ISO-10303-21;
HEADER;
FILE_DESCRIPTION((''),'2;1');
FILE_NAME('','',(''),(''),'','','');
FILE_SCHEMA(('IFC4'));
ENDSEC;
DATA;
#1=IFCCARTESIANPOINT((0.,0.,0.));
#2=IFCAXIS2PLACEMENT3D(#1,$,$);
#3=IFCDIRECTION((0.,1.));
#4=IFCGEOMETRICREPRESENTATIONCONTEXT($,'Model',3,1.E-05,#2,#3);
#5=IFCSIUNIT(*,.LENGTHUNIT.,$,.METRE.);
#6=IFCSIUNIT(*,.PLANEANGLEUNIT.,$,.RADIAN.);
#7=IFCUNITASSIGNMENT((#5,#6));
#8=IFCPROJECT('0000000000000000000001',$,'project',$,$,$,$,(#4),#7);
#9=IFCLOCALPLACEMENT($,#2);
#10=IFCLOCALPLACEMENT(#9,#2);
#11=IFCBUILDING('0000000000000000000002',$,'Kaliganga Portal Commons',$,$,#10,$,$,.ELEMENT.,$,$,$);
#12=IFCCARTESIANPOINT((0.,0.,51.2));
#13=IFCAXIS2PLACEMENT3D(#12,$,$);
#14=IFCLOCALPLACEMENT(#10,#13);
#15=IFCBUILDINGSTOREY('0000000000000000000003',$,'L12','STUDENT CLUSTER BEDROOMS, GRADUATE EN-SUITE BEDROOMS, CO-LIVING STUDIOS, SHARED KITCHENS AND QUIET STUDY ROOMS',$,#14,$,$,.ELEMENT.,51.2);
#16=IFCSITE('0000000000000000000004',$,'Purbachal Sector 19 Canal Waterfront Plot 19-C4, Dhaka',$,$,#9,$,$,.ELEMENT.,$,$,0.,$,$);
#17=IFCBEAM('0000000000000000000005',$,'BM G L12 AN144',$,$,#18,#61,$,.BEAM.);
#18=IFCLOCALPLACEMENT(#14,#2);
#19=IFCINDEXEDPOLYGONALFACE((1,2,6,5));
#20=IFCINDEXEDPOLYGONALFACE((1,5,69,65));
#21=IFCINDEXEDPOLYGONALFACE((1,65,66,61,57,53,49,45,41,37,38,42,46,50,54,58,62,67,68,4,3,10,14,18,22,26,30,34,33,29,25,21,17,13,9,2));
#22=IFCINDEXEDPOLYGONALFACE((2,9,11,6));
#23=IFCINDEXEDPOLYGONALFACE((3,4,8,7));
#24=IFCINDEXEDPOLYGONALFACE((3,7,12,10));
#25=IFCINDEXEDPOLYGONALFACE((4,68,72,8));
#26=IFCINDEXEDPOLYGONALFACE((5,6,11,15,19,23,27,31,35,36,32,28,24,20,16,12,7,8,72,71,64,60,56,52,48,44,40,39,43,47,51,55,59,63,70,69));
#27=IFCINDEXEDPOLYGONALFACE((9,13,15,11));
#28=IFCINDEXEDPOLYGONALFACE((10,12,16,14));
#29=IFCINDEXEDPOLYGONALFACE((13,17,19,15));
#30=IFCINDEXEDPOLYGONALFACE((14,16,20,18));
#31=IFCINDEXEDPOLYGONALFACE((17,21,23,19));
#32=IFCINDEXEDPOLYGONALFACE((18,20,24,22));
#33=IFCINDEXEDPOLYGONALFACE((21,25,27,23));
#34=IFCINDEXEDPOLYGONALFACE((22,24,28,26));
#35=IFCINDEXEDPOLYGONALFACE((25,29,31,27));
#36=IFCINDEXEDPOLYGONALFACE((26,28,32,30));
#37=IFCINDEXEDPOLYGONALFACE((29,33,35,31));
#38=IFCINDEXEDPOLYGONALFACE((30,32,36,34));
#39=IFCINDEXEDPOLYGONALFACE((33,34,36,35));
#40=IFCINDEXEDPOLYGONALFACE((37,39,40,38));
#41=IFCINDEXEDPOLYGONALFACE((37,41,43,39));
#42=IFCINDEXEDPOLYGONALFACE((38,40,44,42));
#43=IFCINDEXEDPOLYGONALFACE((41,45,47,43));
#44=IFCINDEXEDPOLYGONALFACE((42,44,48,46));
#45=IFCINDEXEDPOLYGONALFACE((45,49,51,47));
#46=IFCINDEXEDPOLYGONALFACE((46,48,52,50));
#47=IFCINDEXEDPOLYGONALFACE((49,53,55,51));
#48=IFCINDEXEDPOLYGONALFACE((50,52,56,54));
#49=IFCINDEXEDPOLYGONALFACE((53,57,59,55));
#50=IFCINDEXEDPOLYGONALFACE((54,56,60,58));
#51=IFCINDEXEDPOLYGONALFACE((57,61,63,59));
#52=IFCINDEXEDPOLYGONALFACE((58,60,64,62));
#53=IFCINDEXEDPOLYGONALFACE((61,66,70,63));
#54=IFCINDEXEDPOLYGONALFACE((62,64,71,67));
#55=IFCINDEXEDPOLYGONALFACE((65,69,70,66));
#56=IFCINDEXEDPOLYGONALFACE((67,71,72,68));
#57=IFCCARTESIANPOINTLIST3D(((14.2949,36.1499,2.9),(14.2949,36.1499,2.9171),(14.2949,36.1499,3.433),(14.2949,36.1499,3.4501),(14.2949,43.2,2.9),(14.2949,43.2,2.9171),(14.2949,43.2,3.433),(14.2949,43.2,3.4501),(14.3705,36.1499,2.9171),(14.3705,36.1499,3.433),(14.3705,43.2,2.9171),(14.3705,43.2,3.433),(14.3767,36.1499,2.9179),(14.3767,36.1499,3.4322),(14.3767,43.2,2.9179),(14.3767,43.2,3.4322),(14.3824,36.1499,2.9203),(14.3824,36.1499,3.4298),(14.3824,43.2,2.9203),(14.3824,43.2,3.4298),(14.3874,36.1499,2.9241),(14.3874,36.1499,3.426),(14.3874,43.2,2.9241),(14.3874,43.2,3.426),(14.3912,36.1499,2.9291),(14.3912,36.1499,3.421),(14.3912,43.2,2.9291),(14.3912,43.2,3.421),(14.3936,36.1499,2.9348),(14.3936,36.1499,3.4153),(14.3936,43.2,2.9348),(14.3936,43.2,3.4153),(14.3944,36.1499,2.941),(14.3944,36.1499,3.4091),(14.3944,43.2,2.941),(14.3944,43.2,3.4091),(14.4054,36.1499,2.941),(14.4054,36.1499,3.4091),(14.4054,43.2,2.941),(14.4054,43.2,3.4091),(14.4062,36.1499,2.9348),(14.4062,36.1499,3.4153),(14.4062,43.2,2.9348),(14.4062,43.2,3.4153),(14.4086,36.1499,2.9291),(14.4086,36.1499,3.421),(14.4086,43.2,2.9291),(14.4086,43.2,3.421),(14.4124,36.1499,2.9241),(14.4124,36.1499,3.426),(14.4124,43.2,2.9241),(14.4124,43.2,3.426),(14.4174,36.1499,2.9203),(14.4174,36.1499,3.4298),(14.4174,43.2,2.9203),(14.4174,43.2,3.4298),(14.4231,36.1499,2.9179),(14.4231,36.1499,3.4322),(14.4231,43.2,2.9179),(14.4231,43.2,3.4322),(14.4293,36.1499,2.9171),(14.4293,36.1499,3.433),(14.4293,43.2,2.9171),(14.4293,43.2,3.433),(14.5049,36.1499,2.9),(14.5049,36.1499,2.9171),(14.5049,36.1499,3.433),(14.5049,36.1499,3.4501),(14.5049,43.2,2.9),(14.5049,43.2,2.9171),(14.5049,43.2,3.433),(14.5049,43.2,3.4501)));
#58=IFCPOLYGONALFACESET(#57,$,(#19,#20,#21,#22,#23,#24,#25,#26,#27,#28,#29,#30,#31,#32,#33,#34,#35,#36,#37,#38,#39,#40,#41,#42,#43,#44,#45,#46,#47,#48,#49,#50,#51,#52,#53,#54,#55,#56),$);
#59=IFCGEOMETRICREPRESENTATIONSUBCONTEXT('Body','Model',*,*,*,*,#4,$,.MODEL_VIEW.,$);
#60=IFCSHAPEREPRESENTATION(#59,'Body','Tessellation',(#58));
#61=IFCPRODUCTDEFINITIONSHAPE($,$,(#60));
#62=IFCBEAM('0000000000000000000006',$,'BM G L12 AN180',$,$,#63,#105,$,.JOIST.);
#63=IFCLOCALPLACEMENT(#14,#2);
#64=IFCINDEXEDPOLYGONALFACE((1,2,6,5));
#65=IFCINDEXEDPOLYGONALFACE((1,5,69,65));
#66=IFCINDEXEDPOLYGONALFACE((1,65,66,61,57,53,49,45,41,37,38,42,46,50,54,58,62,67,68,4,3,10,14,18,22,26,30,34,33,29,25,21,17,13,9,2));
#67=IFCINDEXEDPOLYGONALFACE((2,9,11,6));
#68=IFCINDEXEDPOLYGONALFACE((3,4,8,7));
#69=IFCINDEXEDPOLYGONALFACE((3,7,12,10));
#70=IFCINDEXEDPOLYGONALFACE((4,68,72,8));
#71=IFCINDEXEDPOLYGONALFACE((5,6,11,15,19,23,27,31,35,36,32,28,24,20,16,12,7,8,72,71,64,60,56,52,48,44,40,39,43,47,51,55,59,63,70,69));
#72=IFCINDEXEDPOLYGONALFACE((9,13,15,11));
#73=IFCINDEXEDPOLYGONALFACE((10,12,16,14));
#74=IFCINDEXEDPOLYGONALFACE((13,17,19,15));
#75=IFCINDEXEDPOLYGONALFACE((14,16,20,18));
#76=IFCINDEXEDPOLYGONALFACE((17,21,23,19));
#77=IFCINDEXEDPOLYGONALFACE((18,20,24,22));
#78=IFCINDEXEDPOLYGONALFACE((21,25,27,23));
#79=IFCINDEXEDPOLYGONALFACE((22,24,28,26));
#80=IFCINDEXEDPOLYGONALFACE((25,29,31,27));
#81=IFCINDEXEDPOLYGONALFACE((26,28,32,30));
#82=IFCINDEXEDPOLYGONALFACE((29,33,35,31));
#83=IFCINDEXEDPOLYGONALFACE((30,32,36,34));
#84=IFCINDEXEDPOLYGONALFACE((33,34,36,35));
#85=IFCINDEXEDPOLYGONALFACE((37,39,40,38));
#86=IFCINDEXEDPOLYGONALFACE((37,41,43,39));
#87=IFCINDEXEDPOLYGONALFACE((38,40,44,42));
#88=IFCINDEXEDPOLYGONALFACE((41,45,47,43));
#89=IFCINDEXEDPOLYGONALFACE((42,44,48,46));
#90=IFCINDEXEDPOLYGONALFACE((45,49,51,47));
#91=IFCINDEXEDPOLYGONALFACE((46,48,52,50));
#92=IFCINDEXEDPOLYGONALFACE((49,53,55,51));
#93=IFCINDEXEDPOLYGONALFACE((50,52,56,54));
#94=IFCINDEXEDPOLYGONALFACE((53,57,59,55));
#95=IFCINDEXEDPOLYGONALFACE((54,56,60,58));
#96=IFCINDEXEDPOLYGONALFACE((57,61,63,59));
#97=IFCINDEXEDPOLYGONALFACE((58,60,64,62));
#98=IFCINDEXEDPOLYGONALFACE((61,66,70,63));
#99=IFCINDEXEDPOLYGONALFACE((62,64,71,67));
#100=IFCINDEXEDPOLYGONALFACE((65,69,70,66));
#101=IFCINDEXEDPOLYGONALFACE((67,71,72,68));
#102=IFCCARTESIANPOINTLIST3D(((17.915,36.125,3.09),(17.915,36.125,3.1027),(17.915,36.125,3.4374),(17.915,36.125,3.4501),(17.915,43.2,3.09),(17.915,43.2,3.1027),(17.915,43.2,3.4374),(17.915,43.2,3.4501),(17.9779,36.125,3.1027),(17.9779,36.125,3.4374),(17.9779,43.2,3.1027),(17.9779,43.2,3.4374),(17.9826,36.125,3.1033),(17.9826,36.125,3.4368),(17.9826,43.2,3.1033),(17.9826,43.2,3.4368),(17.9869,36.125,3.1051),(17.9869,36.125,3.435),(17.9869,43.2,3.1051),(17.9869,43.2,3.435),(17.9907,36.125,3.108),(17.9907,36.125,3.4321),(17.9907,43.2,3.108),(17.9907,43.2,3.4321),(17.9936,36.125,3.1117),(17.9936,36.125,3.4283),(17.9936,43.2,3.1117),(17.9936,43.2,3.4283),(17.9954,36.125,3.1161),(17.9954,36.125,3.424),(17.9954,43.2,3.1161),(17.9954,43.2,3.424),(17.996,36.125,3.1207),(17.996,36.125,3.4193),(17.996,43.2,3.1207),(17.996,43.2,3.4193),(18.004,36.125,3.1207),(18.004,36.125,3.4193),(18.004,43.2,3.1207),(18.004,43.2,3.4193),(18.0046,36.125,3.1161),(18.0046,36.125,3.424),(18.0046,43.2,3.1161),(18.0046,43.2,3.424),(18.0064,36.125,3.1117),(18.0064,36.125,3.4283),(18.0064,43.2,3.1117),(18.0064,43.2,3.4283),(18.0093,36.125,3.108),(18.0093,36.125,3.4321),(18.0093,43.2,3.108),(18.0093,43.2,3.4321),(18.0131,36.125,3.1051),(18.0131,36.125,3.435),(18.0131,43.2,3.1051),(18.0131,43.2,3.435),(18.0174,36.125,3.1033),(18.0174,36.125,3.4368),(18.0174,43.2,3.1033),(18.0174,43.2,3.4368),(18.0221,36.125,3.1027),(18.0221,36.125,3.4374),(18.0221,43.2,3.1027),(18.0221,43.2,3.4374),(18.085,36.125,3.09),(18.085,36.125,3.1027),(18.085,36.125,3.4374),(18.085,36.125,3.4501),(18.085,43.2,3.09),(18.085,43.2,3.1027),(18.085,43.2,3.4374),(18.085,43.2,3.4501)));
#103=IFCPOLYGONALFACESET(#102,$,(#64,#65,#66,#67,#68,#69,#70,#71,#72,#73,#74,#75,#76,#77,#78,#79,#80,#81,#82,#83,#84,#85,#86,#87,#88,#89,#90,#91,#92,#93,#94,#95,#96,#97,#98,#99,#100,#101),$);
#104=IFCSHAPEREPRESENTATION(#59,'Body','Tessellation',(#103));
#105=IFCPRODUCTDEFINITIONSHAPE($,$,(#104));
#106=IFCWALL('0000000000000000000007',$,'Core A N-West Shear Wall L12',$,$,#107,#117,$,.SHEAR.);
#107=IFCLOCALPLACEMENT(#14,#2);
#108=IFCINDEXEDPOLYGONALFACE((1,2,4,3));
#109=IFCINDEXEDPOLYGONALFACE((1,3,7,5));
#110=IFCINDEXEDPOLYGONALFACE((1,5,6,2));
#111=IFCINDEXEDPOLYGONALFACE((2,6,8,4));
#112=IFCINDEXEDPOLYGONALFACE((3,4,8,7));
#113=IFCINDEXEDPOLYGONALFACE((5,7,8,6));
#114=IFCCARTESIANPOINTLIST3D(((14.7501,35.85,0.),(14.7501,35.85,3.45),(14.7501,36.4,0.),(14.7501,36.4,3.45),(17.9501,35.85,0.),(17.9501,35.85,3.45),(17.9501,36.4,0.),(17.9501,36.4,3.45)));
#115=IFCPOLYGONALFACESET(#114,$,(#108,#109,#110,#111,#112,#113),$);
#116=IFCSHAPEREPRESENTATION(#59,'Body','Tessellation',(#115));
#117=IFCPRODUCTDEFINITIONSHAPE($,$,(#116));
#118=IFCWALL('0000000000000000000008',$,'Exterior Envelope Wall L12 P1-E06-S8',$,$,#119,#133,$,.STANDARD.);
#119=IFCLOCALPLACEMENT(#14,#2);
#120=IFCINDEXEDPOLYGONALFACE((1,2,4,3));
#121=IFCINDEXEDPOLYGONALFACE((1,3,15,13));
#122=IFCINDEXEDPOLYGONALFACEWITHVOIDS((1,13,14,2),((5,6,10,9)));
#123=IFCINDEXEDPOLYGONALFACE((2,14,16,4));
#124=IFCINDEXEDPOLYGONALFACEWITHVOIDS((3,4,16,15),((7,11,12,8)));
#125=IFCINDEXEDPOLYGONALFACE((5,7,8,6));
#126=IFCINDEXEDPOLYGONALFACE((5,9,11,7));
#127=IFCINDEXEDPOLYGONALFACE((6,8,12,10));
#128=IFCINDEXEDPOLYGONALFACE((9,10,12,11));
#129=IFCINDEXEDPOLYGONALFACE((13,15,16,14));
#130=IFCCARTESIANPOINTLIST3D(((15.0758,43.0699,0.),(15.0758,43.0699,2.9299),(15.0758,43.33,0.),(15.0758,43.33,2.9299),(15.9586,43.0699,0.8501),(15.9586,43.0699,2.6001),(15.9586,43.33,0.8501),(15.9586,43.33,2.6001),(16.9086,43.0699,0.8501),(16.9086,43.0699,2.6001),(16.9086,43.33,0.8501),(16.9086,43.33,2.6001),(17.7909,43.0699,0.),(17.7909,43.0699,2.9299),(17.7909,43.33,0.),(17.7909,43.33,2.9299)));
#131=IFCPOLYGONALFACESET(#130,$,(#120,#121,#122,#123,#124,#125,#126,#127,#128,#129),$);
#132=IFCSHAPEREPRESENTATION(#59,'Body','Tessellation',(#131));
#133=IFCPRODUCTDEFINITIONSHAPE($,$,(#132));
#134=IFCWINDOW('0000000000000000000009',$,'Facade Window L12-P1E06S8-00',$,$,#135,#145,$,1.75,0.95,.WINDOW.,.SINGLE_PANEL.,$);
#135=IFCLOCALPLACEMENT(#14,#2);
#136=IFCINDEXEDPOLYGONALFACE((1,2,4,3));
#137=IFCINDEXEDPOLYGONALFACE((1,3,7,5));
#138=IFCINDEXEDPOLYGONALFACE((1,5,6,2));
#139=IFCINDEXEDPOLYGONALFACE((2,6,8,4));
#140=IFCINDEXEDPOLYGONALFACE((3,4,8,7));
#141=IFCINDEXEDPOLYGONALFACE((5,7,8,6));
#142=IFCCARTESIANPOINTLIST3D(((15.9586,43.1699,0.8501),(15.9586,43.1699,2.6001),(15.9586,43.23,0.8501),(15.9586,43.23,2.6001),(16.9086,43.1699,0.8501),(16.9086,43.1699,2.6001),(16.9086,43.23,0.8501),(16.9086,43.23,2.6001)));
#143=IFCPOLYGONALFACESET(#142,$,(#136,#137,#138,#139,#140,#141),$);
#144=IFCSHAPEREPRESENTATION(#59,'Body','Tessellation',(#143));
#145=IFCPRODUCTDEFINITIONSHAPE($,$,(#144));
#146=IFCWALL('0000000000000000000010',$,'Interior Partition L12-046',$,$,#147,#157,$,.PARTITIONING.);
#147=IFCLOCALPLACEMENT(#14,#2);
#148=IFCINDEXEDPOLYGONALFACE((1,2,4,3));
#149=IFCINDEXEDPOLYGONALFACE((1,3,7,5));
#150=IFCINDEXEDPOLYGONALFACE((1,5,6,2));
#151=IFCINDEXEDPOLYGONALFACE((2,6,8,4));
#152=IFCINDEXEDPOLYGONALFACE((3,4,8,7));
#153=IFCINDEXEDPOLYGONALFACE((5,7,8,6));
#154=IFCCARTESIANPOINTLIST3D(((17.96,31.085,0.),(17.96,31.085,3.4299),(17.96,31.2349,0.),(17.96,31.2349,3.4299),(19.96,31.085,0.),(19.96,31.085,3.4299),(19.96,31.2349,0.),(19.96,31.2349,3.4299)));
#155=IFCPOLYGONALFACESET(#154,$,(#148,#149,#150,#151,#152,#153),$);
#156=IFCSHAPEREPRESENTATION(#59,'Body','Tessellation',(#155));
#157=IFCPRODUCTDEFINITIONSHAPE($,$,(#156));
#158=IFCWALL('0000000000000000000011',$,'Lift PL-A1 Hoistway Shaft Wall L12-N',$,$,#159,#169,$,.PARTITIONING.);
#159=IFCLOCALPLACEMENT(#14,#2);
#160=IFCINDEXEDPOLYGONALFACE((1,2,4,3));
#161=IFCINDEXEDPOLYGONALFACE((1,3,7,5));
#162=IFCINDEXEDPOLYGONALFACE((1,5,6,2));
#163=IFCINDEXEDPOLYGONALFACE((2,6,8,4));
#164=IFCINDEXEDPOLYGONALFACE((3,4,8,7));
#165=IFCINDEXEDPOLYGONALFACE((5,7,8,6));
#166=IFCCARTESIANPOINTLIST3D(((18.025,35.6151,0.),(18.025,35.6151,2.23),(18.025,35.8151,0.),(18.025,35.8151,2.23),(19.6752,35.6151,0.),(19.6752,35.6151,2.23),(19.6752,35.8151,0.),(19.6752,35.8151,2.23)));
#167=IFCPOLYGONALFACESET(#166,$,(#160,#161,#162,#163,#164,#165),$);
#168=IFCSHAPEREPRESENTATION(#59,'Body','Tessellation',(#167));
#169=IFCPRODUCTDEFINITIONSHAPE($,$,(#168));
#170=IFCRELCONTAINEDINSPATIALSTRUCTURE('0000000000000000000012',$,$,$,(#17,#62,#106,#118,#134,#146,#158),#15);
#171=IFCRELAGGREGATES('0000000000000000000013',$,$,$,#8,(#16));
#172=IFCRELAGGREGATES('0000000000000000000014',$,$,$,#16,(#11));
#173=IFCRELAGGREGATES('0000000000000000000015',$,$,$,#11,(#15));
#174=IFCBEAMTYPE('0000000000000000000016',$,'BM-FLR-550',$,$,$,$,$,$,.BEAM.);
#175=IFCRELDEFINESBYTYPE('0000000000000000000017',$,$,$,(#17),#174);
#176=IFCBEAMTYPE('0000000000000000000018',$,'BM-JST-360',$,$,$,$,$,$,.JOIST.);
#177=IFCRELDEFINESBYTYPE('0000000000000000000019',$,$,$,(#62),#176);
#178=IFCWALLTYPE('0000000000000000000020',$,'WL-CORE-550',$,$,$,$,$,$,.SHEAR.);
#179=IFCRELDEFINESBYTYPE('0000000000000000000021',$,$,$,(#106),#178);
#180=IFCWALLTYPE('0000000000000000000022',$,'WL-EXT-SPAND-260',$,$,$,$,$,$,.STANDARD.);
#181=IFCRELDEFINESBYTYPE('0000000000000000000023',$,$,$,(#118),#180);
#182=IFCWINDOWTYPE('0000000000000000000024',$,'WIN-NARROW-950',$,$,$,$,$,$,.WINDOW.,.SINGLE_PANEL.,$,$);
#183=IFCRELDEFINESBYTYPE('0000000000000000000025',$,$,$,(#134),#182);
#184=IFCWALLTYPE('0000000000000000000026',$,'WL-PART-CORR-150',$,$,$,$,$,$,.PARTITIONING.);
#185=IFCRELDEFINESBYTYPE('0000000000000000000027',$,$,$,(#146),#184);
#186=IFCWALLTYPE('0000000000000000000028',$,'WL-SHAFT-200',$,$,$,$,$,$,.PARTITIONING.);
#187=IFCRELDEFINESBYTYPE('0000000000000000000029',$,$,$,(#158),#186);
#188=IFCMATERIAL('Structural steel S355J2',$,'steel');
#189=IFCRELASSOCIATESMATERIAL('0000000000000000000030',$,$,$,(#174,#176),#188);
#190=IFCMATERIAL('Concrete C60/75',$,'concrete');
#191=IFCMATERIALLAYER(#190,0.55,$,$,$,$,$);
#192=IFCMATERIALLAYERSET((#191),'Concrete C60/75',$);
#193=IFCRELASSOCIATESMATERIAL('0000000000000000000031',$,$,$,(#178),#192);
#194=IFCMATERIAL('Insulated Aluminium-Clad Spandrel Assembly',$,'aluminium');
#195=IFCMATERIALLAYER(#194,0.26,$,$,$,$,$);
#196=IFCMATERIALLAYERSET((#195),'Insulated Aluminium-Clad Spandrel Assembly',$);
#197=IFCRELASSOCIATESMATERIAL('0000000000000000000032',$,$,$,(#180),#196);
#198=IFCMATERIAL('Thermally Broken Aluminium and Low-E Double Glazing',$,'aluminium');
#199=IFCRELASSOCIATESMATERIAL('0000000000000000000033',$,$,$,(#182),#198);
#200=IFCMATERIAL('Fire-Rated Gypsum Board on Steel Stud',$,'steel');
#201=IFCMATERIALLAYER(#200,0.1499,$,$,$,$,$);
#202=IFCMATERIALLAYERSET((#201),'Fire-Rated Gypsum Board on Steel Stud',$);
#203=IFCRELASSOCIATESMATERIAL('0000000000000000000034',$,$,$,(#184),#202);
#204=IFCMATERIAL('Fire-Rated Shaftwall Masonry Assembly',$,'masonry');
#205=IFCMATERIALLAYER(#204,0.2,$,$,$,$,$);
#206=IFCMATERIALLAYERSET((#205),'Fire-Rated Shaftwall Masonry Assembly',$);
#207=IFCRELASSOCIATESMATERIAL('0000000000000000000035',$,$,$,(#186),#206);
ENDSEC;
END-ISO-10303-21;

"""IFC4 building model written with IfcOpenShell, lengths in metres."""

from ifc_helpers import new_model, si_unit, direction, frame, frame_2d, origin, origin_2d, place, context, subcontext, project, spatial, rectangle, i_section, extrude, source, transform, mapped, material, layer, layer_set, material_profile, profile_set, type_object, element, fill, save


model = new_model("IFC4")

# Units and contexts
model_context = context("Model", 3, precision=1e-05, world=origin(), true_north=direction((0.0, 1.0)))
body_context = subcontext(model_context, "Body", "Model", "MODEL_VIEW")
ifc_project = project(units=[si_unit("LENGTHUNIT", "METRE"), si_unit("PLANEANGLEUNIT", "RADIAN")], contexts=[model_context])

# Site, building, storey
site_placement = place(None, origin())
site = spatial("IfcSite", under=ifc_project, at=site_placement, Name="Purbachal Sector 19 Canal Waterfront Plot 19-C4, Dhaka", CompositionType="ELEMENT", RefElevation=0.0)
building_placement = place(site_placement, origin())
building = spatial("IfcBuilding", under=site, at=building_placement, Name="Kaliganga Portal Commons", CompositionType="ELEMENT")
storey_placement = place(building_placement, frame((0.0, 0.0, 51.2)))
storey = spatial("IfcBuildingStorey", under=building, at=storey_placement, Name="L12", Description="STUDENT CLUSTER BEDROOMS, GRADUATE EN-SUITE BEDROOMS, CO-LIVING STUDIOS, SHARED KITCHENS AND QUIET STUDY ROOMS", CompositionType="ELEMENT", Elevation=51.2)

# Beams
ifc_material_1 = material(Name="Concrete C60/75", Category="concrete")
ifc_material_2 = material(Name="Structural steel S355J2", Category="steel")
ifc_material_profile_1 = material_profile(ifc_material_2, i_section(OverallWidth=0.21, OverallDepth=0.55, WebThickness=0.011, FlangeThickness=0.0171, FilletRadius=0.0239, at=origin_2d()), Name="IPE 550")
ifc_profile_set_1 = profile_set([ifc_material_profile_1], Name="Structural steel S355J2 wide-flange")
beam_type_1 = type_object("IfcBeamType", Name="BM-FLR-550", PredefinedType="BEAM", material=ifc_profile_set_1)
shared_shape_1 = source(origin(), body_context, "Body", "SweptSolid", [
    extrude(i_section(OverallWidth=0.21, OverallDepth=0.55, WebThickness=0.011, FlangeThickness=0.0171, FilletRadius=0.0239, at=origin_2d()), origin(), (0.0, 0.0, 1.0), 7.05),
])
beam_1_placement = place(storey_placement, frame((14.3999, 36.1499, 3.175), z_axis=(0.0, 1.0, 0.0), x_axis=(-1.0, 0.0, 0.0)))
element("IfcBeam", 1, at=beam_1_placement, inside=storey, type_object=beam_type_1, Name="BM G L12 AN144", PredefinedType="BEAM", context=body_context, shape_type="MappedRepresentation", body=[
    mapped(shared_shape_1, transform((0.0, 0.0, 0.0), x_axis=(1.0, 0.0, 0.0), y_axis=(0.0, 1.0, 0.0), z_axis=(0.0, 0.0, 1.0), scale=1.0)),
])
ifc_material_profile_2 = material_profile(ifc_material_2, i_section(OverallWidth=0.1699, OverallDepth=0.3601, WebThickness=0.0081, FlangeThickness=0.0127, FilletRadius=0.0181, at=origin_2d()), Name="IPE 360")
ifc_profile_set_2 = profile_set([ifc_material_profile_2], Name="Structural steel S355J2 wide-flange")
beam_type_2 = type_object("IfcBeamType", Name="BM-JST-360", PredefinedType="JOIST", material=ifc_profile_set_2)
shared_shape_2 = source(origin(), body_context, "Body", "SweptSolid", [
    extrude(i_section(OverallWidth=0.1699, OverallDepth=0.3601, WebThickness=0.0081, FlangeThickness=0.0127, FilletRadius=0.0181, at=origin_2d()), origin(), (0.0, 0.0, 1.0), 7.075),
])
beam_2_placement = place(storey_placement, frame((18.0, 36.125, 3.27), z_axis=(0.0, 1.0, 0.0), x_axis=(-1.0, 0.0, 0.0)))
element("IfcBeam", 2, at=beam_2_placement, inside=storey, type_object=beam_type_2, Name="BM G L12 AN180", PredefinedType="JOIST", context=body_context, shape_type="MappedRepresentation", body=[
    mapped(shared_shape_2, transform((0.0, 0.0, 0.0), x_axis=(1.0, 0.0, 0.0), y_axis=(0.0, 1.0, 0.0), z_axis=(0.0, 0.0, 1.0), scale=1.0)),
])

# Wall
ifc_layer_1 = layer(ifc_material_1, 0.55)
ifc_layer_set_1 = layer_set([ifc_layer_1], Name="Concrete C60/75")
wall_type_1 = type_object("IfcWallType", Name="WL-CORE-550", PredefinedType="SHEAR", material=ifc_layer_set_1)
wall_1_placement = place(storey_placement, frame((14.75, 36.125, 0.0), z_axis=(0.0, 0.0, 1.0), x_axis=(1.0, 0.0, 0.0)))
element("IfcWall", 3, at=wall_1_placement, inside=storey, type_object=wall_type_1, Name="Core A N-West Shear Wall L12", PredefinedType="SHEAR", context=body_context, shape_type="SweptSolid", body=[
    extrude(rectangle(XDim=3.2, YDim=0.55, at=frame_2d((1.6001, 0.0))), origin(), (0.0, 0.0, 1.0), 3.45),
])

# Wall, opening, window
ifc_material_3 = material(Name="Insulated Aluminium-Clad Spandrel Assembly", Category="aluminium")
ifc_layer_2 = layer(ifc_material_3, 0.26)
ifc_layer_set_2 = layer_set([ifc_layer_2], Name="Insulated Aluminium-Clad Spandrel Assembly")
wall_type_2 = type_object("IfcWallType", Name="WL-EXT-SPAND-260", PredefinedType="STANDARD", material=ifc_layer_set_2)
wall_2_placement = place(storey_placement, frame((15.0759, 43.2, 0.0), z_axis=(0.0, 0.0, 1.0), x_axis=(1.0, 0.0, 0.0)))
wall_2 = element("IfcWall", 4, at=wall_2_placement, inside=storey, type_object=wall_type_2, Name="Exterior Envelope Wall L12 P1-E06-S8", PredefinedType="STANDARD", context=body_context, shape_type="SweptSolid", body=[
    extrude(rectangle(XDim=2.7151, YDim=0.26, at=frame_2d((1.3574, 0.0))), origin(), (0.0, 0.0, 1.0), 2.9299),
])
opening_1_placement = place(wall_2_placement, frame((0.8826, 0.0, 0.8501)))
opening_1 = element("IfcOpeningElement", 5, at=opening_1_placement, cuts=wall_2, PredefinedType="OPENING", context=body_context, shape_type="SweptSolid", body=[
    extrude(rectangle(XDim=0.95, YDim=1.75, at=frame_2d((0.4751, 0.875))), frame((0.0, 0.1401, 0.0), z_axis=(0.0, -1.0, 0.0), x_axis=(1.0, 0.0, 0.0)), (0.0, 0.0, 1.0), 0.28),
])
ifc_material_4 = material(Name="Thermally Broken Aluminium and Low-E Double Glazing", Category="aluminium")
window_type = type_object("IfcWindowType", Name="WIN-NARROW-950", PartitioningType="SINGLE_PANEL", PredefinedType="WINDOW", material=ifc_material_4)
window_placement = place(opening_1_placement, origin())
window = element("IfcWindow", 6, at=window_placement, inside=storey, type_object=window_type, Name="Facade Window L12-P1E06S8-00", OverallHeight=1.75, OverallWidth=0.95, PartitioningType="SINGLE_PANEL", PredefinedType="WINDOW", context=body_context, shape_type="SweptSolid", body=[
    extrude(rectangle(XDim=0.95, YDim=1.75, at=frame_2d((0.4751, 0.875))), frame((0.0, 0.03, 0.0), z_axis=(0.0, -1.0, 0.0), x_axis=(1.0, 0.0, 0.0)), (0.0, 0.0, 1.0), 0.0601),
])
fill(opening_1, window)

# Wall
ifc_material_5 = material(Name="Fire-Rated Gypsum Board on Steel Stud", Category="steel")
ifc_layer_3 = layer(ifc_material_5, 0.1499)
ifc_layer_set_3 = layer_set([ifc_layer_3], Name="Fire-Rated Gypsum Board on Steel Stud")
wall_type_3 = type_object("IfcWallType", Name="WL-PART-CORR-150", PredefinedType="PARTITIONING", material=ifc_layer_set_3)
wall_3_placement = place(storey_placement, frame((17.96, 31.1599, 0.0), z_axis=(0.0, 0.0, 1.0), x_axis=(1.0, 0.0, 0.0)))
element("IfcWall", 7, at=wall_3_placement, inside=storey, type_object=wall_type_3, Name="Interior Partition L12-046", PredefinedType="PARTITIONING", context=body_context, shape_type="SweptSolid", body=[
    extrude(rectangle(XDim=2.0, YDim=0.1499, at=frame_2d((1.0, 0.0))), origin(), (0.0, 0.0, 1.0), 3.4299),
])

# Shared definitions
ifc_material_6 = material(Name="Fire-Rated Shaftwall Masonry Assembly", Category="masonry")
ifc_layer_4 = layer(ifc_material_6, 0.2)
ifc_layer_set_4 = layer_set([ifc_layer_4], Name="Fire-Rated Shaftwall Masonry Assembly")
wall_type_4 = type_object("IfcWallType", Name="WL-SHAFT-200", PredefinedType="PARTITIONING", material=ifc_layer_set_4)

# Wall
wall_4_placement = place(storey_placement, frame((18.0249, 35.7151, 0.0), z_axis=(0.0, 0.0, 1.0), x_axis=(1.0, 0.0, 0.0)))
element("IfcWall", 8, at=wall_4_placement, inside=storey, type_object=wall_type_4, Name="Lift PL-A1 Hoistway Shaft Wall L12-N", PredefinedType="PARTITIONING", context=body_context, shape_type="SweptSolid", body=[
    extrude(rectangle(XDim=1.6501, YDim=0.2, at=frame_2d((0.8252, 0.0))), origin(), (0.0, 0.0, 1.0), 2.23),
])

save(model, "model.ifc")
